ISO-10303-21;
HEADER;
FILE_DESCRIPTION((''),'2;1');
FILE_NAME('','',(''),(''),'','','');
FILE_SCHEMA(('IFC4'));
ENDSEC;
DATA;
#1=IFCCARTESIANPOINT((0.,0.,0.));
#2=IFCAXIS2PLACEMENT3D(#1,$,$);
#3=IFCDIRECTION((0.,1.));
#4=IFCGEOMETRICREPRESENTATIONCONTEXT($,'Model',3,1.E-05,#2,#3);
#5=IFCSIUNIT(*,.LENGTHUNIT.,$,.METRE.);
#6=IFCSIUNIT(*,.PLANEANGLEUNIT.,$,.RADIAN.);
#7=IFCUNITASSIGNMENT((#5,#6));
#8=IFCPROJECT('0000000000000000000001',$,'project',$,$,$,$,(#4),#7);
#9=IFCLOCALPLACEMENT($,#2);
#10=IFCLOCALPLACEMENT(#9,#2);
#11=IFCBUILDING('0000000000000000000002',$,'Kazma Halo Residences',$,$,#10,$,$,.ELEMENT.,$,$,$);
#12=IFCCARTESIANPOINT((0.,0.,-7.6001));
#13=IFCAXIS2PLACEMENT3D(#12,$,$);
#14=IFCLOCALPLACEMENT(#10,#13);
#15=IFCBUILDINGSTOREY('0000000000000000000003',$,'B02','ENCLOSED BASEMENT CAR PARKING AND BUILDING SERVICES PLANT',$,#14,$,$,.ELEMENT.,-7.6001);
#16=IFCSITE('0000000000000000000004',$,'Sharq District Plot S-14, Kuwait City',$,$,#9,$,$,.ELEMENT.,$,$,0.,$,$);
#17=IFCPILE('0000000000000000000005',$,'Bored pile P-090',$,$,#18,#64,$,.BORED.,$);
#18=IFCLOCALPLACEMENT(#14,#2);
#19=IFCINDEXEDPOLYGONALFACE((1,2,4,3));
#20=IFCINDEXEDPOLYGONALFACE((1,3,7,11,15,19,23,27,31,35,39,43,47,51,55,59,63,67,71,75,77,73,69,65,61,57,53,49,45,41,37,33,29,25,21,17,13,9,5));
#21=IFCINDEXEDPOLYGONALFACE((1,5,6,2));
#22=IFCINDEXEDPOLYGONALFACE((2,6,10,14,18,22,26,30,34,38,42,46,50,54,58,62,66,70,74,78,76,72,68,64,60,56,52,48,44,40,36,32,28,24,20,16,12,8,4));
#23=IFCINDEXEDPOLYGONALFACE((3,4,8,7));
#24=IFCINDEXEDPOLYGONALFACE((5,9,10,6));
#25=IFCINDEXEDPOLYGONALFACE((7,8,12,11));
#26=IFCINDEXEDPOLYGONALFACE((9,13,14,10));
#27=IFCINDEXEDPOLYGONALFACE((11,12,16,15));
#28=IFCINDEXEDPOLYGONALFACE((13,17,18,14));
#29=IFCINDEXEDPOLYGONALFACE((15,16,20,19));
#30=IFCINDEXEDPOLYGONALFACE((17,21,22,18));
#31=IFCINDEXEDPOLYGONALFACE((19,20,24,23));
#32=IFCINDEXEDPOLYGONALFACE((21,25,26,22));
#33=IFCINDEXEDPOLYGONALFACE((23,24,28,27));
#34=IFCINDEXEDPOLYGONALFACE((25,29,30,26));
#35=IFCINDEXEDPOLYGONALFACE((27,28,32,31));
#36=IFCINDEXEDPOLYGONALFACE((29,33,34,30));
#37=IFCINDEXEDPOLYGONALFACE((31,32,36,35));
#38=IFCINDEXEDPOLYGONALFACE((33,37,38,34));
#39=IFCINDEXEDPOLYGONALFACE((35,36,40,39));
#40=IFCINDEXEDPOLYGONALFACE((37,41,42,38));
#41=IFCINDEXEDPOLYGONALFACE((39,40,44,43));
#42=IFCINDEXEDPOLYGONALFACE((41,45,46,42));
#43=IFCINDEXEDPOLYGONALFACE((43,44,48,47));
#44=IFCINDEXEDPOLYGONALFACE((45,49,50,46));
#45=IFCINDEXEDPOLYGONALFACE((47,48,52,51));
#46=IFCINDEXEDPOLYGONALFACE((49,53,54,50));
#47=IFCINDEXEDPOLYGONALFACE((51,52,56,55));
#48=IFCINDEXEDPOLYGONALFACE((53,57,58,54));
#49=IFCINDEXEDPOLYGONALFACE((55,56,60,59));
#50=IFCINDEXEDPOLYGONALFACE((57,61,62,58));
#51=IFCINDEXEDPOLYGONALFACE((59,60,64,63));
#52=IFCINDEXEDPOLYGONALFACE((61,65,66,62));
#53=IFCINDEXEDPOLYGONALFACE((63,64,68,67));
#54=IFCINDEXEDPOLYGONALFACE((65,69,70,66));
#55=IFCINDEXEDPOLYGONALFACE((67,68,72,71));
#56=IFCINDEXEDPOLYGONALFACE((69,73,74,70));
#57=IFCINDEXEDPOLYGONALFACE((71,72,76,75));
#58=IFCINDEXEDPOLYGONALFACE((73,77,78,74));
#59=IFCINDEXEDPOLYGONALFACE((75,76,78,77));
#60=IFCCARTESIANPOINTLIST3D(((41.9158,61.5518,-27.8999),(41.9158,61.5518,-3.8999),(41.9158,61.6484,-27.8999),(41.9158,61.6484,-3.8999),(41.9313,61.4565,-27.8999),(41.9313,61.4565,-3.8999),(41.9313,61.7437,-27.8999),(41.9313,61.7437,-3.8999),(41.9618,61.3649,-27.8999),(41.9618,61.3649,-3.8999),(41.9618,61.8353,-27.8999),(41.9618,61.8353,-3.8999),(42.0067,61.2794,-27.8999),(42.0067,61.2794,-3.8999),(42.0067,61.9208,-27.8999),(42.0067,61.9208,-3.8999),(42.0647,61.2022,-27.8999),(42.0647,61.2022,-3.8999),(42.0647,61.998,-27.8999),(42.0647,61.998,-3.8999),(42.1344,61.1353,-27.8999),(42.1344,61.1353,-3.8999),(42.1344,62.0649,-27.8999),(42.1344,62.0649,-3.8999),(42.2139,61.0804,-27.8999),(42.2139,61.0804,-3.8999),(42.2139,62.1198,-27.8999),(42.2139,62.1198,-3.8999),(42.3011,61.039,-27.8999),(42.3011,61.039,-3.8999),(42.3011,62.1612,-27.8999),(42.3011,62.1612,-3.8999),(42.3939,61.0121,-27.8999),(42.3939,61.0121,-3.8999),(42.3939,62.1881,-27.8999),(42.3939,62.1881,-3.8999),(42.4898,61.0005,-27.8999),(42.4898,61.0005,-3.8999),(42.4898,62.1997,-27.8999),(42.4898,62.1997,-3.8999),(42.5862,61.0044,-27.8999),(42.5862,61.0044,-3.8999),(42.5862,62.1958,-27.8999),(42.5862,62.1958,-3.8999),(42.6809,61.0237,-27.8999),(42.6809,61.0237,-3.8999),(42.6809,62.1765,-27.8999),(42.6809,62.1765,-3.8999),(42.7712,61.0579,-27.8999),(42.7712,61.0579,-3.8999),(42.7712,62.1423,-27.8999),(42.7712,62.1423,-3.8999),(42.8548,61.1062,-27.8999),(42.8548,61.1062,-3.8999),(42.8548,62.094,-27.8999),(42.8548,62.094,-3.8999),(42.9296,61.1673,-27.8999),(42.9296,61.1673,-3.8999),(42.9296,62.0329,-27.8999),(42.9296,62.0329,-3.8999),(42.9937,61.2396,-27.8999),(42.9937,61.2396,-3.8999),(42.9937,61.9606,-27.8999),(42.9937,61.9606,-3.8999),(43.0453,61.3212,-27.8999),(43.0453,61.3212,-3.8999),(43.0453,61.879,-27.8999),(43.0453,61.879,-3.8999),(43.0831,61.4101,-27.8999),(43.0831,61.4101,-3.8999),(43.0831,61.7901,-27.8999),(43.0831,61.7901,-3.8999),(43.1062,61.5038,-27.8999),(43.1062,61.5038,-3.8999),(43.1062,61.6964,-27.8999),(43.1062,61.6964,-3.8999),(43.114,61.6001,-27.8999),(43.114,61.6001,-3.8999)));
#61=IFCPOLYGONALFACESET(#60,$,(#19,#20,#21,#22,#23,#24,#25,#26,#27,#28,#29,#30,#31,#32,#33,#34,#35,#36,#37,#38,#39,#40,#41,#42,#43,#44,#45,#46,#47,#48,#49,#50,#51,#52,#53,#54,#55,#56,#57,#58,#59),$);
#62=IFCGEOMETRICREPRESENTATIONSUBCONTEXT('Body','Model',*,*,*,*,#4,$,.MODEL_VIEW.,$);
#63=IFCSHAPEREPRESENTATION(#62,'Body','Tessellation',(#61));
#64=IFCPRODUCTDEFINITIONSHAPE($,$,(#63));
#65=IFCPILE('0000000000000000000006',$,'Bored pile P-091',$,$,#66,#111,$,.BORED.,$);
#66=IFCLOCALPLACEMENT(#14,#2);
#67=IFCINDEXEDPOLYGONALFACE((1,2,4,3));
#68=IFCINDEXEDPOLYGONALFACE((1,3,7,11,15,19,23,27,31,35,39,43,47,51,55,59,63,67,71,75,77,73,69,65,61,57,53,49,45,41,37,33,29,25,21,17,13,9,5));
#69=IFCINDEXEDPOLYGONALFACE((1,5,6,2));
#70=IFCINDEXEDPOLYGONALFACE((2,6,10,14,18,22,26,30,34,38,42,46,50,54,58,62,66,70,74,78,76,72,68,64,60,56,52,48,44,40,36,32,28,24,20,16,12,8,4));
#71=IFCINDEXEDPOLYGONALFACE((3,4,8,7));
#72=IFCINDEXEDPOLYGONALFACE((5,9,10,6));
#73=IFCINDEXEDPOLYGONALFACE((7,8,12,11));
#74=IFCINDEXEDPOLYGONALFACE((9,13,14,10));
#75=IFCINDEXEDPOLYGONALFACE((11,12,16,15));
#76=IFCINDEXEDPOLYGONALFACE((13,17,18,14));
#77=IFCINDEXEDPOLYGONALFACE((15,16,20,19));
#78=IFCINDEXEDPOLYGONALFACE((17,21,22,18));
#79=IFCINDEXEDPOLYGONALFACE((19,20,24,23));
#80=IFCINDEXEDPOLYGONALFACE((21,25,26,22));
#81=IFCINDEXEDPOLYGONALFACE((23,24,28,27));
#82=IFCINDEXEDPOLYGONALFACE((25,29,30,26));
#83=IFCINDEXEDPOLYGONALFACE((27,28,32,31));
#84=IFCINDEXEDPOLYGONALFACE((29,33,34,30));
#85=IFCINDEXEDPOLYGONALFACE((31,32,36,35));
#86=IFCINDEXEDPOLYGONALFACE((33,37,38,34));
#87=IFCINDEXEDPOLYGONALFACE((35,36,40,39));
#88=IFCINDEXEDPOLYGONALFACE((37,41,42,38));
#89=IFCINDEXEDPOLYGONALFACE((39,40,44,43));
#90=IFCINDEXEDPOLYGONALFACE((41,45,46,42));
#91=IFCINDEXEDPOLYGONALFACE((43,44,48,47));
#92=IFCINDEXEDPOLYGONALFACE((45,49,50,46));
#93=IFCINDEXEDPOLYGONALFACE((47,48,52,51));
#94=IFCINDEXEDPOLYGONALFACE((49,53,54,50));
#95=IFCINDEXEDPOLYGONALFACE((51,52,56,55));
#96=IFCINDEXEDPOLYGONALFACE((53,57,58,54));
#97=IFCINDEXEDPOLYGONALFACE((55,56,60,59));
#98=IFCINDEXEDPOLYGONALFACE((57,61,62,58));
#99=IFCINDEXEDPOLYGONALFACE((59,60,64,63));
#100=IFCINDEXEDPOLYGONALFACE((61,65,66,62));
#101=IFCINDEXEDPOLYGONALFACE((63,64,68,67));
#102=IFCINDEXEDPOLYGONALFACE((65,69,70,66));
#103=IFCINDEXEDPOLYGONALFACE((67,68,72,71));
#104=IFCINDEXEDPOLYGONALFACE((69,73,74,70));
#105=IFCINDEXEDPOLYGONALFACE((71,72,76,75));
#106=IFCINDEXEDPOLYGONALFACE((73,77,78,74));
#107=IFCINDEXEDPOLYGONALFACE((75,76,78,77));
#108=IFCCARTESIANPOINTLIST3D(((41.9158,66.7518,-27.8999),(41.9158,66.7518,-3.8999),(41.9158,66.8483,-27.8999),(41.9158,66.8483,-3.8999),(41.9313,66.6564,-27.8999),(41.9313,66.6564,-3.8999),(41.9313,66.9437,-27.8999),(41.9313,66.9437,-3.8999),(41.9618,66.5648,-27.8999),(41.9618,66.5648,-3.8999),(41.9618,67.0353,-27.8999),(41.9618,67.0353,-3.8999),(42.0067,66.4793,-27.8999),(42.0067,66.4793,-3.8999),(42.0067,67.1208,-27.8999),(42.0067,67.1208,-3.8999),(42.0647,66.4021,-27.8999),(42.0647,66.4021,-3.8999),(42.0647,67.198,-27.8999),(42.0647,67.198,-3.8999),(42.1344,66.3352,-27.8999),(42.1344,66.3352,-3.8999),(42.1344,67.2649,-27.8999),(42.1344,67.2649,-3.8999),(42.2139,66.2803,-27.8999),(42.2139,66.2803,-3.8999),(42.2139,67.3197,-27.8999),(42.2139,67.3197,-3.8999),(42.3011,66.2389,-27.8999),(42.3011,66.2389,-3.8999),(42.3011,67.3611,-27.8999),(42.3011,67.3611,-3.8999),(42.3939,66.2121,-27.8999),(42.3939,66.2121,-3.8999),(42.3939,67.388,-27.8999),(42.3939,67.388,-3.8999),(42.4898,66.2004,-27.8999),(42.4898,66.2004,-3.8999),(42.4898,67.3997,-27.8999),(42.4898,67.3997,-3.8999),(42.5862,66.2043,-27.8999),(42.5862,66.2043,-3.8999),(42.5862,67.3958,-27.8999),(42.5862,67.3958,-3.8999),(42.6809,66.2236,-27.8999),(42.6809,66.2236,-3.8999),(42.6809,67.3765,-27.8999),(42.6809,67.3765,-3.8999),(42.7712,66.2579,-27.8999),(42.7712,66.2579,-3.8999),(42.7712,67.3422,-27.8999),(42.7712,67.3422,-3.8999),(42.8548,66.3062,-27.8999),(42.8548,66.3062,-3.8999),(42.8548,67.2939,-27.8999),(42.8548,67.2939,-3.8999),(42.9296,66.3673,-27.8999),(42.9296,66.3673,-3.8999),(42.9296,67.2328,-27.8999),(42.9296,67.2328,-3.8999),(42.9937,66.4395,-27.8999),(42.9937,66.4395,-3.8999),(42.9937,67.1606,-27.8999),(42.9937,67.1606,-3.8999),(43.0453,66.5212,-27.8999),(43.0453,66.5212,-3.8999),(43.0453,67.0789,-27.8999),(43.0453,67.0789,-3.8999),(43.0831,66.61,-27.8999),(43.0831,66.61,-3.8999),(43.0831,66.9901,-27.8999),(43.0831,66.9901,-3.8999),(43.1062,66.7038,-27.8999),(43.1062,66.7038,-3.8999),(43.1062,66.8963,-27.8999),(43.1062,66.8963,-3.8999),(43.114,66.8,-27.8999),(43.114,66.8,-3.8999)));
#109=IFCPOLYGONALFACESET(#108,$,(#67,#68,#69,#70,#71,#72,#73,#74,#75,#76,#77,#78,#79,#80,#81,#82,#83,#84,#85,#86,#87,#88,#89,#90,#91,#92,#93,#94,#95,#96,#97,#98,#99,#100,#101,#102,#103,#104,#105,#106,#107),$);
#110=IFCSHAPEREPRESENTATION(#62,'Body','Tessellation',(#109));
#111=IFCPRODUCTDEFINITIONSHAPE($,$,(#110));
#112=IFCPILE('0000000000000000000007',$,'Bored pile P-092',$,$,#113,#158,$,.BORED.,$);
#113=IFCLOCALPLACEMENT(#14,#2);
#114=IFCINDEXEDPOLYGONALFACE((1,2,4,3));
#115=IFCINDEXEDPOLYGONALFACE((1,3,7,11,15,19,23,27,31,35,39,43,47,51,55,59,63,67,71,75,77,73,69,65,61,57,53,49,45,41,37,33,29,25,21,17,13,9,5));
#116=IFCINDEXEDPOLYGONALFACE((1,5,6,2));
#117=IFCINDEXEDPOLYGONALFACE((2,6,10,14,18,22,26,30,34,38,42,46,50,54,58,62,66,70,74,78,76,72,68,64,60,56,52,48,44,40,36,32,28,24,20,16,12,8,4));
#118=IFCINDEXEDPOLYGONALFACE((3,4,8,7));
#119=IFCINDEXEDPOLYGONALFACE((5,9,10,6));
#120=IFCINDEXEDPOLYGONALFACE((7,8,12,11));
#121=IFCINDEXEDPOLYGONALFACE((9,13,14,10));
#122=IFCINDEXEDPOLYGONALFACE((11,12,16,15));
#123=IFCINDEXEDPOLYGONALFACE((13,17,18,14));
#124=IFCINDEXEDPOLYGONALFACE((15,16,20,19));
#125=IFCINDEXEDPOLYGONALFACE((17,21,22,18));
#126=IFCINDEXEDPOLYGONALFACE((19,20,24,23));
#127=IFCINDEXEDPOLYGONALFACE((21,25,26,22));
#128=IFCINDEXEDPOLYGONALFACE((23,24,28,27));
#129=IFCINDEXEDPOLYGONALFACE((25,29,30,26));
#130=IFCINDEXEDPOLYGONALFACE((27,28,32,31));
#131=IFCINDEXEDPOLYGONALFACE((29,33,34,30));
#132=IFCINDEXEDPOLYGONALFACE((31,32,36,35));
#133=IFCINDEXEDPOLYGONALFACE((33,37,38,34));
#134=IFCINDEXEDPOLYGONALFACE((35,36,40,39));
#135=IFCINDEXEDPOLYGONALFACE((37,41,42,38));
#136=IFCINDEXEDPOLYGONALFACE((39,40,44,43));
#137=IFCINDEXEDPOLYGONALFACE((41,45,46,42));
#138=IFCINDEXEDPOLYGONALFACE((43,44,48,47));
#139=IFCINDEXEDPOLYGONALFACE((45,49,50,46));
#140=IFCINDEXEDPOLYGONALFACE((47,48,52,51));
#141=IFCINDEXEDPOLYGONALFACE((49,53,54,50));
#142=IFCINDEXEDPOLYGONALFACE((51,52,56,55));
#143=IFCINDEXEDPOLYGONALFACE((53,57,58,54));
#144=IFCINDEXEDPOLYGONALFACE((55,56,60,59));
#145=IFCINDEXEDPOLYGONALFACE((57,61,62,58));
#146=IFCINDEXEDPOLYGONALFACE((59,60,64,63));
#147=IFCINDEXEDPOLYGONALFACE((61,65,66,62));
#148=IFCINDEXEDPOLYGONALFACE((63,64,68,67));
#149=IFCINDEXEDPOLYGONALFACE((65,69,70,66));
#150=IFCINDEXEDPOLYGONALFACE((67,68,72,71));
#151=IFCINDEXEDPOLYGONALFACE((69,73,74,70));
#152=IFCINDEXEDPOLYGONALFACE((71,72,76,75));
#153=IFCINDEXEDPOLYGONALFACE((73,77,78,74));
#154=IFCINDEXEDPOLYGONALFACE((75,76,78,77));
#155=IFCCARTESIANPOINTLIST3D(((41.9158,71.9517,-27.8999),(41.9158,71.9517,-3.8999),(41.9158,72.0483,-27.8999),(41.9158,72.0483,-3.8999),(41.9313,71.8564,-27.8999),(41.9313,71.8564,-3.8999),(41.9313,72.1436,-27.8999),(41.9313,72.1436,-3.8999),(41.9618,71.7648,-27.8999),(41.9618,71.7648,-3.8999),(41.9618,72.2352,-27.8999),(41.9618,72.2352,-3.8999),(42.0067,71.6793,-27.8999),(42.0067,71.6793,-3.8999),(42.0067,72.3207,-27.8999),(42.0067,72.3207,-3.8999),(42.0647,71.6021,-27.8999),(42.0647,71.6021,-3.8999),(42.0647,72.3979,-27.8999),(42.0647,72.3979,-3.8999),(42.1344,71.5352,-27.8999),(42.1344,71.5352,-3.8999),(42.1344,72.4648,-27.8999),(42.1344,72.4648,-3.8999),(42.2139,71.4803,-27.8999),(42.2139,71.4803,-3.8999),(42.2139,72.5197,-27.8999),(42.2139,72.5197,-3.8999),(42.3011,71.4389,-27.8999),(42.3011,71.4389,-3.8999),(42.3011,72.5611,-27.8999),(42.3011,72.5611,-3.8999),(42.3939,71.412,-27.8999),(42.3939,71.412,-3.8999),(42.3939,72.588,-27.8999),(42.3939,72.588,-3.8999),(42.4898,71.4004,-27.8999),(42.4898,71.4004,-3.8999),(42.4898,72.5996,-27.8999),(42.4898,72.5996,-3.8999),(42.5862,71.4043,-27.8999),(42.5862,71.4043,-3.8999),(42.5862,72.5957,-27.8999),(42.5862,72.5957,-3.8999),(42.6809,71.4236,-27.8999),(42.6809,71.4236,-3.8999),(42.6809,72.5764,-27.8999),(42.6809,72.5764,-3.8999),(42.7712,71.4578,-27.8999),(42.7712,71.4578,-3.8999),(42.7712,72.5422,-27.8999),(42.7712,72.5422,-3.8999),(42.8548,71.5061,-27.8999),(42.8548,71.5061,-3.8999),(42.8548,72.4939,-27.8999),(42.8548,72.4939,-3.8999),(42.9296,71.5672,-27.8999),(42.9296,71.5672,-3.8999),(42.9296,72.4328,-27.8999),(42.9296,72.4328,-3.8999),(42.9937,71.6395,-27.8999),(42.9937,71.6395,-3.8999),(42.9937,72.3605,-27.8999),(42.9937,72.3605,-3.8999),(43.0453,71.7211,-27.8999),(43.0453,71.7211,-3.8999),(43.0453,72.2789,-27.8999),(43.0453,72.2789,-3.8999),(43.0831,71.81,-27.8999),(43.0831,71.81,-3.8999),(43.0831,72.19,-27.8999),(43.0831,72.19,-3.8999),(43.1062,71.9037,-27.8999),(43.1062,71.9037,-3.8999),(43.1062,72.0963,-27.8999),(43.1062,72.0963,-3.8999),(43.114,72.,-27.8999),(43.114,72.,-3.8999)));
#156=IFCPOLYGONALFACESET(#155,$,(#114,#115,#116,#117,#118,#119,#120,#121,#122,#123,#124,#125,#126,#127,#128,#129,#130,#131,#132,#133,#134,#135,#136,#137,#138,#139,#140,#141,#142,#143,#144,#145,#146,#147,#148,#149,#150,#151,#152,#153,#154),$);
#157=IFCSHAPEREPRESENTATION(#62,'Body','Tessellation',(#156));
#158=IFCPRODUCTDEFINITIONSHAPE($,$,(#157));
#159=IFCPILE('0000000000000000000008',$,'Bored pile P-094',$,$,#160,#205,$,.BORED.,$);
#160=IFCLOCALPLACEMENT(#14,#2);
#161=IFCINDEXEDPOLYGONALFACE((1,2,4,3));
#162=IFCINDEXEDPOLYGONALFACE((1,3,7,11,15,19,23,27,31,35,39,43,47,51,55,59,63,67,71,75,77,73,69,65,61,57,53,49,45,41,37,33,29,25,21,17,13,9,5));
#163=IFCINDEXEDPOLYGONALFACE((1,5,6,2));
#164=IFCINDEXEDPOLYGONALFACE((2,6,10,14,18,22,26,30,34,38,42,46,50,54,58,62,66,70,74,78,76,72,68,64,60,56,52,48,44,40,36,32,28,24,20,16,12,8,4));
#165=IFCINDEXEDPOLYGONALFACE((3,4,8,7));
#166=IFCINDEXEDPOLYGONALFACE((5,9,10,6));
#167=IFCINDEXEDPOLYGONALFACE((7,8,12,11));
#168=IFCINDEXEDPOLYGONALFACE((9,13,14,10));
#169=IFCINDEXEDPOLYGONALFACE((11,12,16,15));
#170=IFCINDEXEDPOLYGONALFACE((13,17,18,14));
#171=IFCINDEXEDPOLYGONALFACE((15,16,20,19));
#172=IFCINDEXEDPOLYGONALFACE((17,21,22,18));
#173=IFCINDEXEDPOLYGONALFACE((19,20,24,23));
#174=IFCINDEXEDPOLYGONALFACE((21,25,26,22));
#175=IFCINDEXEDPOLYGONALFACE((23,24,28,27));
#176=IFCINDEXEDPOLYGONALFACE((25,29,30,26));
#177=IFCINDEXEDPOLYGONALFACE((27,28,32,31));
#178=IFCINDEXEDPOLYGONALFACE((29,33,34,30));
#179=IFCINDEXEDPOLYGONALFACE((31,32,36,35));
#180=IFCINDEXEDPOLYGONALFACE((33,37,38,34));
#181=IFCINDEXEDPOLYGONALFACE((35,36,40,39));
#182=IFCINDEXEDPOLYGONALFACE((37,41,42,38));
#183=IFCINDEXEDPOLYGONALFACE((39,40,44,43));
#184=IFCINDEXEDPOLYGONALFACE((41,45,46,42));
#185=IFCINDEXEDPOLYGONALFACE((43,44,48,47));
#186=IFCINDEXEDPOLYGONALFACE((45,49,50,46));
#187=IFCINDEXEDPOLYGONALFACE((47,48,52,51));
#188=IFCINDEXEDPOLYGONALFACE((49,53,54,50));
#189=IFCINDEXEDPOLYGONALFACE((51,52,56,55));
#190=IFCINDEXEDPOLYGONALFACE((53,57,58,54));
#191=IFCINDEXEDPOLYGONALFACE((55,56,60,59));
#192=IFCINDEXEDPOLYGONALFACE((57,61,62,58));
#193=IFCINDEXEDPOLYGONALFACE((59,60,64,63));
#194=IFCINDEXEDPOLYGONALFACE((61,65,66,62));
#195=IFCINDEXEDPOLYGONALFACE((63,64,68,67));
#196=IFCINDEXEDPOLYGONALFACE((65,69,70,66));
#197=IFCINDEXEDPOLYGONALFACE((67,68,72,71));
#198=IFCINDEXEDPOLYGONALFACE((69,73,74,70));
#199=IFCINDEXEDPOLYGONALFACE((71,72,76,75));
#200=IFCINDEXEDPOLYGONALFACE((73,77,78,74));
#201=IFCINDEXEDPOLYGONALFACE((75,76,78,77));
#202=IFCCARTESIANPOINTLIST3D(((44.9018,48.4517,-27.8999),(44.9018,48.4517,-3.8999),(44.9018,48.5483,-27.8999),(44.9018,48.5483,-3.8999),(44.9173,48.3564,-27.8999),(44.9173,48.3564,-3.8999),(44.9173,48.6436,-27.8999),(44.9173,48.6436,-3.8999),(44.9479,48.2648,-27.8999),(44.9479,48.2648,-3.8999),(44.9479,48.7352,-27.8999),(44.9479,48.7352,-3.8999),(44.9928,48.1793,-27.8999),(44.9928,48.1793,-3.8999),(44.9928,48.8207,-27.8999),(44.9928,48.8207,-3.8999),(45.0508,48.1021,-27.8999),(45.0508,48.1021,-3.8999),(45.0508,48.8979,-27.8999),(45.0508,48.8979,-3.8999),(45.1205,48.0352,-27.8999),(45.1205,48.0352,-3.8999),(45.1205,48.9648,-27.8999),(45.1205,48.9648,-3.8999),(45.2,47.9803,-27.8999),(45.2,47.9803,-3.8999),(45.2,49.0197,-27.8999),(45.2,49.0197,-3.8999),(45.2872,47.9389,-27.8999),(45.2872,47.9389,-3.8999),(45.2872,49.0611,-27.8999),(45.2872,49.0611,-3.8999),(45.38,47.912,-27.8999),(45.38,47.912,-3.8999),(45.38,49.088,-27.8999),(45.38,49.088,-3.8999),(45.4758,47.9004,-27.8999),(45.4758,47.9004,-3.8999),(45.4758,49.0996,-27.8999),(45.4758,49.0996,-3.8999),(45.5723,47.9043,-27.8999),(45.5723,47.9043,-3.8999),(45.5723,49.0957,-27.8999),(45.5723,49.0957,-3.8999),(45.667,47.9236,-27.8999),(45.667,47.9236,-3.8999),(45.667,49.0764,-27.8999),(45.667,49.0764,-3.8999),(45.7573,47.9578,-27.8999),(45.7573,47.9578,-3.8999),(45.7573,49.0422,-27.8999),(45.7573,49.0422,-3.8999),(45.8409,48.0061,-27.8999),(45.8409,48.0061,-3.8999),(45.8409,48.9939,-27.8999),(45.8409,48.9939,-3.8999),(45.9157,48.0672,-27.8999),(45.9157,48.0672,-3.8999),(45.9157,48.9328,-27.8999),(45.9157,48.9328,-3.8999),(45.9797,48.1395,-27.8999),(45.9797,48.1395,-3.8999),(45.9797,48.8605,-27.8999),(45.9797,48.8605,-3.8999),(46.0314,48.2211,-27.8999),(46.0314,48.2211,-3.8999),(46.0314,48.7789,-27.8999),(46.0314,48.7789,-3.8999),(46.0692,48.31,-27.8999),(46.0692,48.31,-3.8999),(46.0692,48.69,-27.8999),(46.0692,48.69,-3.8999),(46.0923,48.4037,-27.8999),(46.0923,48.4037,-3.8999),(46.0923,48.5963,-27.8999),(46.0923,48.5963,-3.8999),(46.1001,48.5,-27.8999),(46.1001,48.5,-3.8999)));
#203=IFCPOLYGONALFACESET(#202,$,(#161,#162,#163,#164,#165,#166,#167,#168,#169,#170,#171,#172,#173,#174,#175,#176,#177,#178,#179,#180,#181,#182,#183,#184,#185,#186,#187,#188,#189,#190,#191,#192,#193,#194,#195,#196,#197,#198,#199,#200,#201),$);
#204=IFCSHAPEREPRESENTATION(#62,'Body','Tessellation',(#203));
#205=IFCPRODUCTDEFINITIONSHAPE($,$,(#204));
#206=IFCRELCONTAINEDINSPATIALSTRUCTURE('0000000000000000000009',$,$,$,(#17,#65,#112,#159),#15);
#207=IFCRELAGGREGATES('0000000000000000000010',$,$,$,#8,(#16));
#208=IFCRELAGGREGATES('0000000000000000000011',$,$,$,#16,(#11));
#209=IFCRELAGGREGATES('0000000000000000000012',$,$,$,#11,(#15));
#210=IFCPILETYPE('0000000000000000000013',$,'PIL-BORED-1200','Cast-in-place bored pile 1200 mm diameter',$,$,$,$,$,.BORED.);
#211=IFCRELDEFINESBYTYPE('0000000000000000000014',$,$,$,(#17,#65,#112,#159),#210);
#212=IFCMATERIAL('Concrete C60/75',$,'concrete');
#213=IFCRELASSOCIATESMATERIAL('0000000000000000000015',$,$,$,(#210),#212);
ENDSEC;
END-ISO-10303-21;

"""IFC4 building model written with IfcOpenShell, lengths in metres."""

from ifc_helpers import new_model, si_unit, direction, frame, origin, origin_2d, place, context, subcontext, project, spatial, circle, extrude, material, material_profile, profile_set, type_object, element, save


model = new_model("IFC4")

# Units and contexts
model_context = context("Model", 3, precision=1e-05, world=origin(), true_north=direction((0.0, 1.0)))
body_context = subcontext(model_context, "Body", "Model", "MODEL_VIEW")
ifc_project = project(units=[si_unit("LENGTHUNIT", "METRE"), si_unit("PLANEANGLEUNIT", "RADIAN")], contexts=[model_context])

# Site, building, storey
site_placement = place(None, origin())
site = spatial("IfcSite", under=ifc_project, at=site_placement, Name="Sharq District Plot S-14, Kuwait City", CompositionType="ELEMENT", RefElevation=0.0)
building_placement = place(site_placement, origin())
building = spatial("IfcBuilding", under=site, at=building_placement, Name="Kazma Halo Residences", CompositionType="ELEMENT")
storey_placement = place(building_placement, frame((0.0, 0.0, -7.6001)))
storey = spatial("IfcBuildingStorey", under=building, at=storey_placement, Name="B02", Description="ENCLOSED BASEMENT CAR PARKING AND BUILDING SERVICES PLANT", CompositionType="ELEMENT", Elevation=-7.6001)

# Piles
ifc_material_1 = material(Name="Concrete C60/75", Category="concrete")
ifc_material_profile_1 = material_profile(ifc_material_1, circle(Radius=0.6001, at=origin_2d()), Name="CIRC1200")
ifc_profile_set_1 = profile_set([ifc_material_profile_1], Name="Concrete C60/75")
pile_type = type_object("IfcPileType", Name="PIL-BORED-1200", Description="Cast-in-place bored pile 1200 mm diameter", PredefinedType="BORED", material=ifc_profile_set_1)
for number, where, z_axis, x_axis, name in (
    (1, (42.5139, 61.6001, -3.8999), (0.0, 0.0, -1.0), (1.0, 0.0, 0.0), "Bored pile P-090"),
    (2, (42.5139, 66.8, -3.8999), (0.0, 0.0, -1.0), (1.0, 0.0, 0.0), "Bored pile P-091"),
    (3, (42.5139, 72.0, -3.8999), (0.0, 0.0, -1.0), (1.0, 0.0, 0.0), "Bored pile P-092"),
    (4, (45.5, 48.5, -3.8999), (0.0, 0.0, -1.0), (1.0, 0.0, 0.0), "Bored pile P-094"),
):
    element("IfcPile", number, at=place(storey_placement, frame(where, z_axis=z_axis, x_axis=x_axis)), inside=storey, type_object=pile_type, Name=name, PredefinedType="BORED", context=body_context, shape_type="SweptSolid", body=[
        extrude(circle(Radius=0.6001, at=origin_2d()), origin(), (0.0, 0.0, 1.0), 24.0),
    ])

save(model, "model.ifc")
